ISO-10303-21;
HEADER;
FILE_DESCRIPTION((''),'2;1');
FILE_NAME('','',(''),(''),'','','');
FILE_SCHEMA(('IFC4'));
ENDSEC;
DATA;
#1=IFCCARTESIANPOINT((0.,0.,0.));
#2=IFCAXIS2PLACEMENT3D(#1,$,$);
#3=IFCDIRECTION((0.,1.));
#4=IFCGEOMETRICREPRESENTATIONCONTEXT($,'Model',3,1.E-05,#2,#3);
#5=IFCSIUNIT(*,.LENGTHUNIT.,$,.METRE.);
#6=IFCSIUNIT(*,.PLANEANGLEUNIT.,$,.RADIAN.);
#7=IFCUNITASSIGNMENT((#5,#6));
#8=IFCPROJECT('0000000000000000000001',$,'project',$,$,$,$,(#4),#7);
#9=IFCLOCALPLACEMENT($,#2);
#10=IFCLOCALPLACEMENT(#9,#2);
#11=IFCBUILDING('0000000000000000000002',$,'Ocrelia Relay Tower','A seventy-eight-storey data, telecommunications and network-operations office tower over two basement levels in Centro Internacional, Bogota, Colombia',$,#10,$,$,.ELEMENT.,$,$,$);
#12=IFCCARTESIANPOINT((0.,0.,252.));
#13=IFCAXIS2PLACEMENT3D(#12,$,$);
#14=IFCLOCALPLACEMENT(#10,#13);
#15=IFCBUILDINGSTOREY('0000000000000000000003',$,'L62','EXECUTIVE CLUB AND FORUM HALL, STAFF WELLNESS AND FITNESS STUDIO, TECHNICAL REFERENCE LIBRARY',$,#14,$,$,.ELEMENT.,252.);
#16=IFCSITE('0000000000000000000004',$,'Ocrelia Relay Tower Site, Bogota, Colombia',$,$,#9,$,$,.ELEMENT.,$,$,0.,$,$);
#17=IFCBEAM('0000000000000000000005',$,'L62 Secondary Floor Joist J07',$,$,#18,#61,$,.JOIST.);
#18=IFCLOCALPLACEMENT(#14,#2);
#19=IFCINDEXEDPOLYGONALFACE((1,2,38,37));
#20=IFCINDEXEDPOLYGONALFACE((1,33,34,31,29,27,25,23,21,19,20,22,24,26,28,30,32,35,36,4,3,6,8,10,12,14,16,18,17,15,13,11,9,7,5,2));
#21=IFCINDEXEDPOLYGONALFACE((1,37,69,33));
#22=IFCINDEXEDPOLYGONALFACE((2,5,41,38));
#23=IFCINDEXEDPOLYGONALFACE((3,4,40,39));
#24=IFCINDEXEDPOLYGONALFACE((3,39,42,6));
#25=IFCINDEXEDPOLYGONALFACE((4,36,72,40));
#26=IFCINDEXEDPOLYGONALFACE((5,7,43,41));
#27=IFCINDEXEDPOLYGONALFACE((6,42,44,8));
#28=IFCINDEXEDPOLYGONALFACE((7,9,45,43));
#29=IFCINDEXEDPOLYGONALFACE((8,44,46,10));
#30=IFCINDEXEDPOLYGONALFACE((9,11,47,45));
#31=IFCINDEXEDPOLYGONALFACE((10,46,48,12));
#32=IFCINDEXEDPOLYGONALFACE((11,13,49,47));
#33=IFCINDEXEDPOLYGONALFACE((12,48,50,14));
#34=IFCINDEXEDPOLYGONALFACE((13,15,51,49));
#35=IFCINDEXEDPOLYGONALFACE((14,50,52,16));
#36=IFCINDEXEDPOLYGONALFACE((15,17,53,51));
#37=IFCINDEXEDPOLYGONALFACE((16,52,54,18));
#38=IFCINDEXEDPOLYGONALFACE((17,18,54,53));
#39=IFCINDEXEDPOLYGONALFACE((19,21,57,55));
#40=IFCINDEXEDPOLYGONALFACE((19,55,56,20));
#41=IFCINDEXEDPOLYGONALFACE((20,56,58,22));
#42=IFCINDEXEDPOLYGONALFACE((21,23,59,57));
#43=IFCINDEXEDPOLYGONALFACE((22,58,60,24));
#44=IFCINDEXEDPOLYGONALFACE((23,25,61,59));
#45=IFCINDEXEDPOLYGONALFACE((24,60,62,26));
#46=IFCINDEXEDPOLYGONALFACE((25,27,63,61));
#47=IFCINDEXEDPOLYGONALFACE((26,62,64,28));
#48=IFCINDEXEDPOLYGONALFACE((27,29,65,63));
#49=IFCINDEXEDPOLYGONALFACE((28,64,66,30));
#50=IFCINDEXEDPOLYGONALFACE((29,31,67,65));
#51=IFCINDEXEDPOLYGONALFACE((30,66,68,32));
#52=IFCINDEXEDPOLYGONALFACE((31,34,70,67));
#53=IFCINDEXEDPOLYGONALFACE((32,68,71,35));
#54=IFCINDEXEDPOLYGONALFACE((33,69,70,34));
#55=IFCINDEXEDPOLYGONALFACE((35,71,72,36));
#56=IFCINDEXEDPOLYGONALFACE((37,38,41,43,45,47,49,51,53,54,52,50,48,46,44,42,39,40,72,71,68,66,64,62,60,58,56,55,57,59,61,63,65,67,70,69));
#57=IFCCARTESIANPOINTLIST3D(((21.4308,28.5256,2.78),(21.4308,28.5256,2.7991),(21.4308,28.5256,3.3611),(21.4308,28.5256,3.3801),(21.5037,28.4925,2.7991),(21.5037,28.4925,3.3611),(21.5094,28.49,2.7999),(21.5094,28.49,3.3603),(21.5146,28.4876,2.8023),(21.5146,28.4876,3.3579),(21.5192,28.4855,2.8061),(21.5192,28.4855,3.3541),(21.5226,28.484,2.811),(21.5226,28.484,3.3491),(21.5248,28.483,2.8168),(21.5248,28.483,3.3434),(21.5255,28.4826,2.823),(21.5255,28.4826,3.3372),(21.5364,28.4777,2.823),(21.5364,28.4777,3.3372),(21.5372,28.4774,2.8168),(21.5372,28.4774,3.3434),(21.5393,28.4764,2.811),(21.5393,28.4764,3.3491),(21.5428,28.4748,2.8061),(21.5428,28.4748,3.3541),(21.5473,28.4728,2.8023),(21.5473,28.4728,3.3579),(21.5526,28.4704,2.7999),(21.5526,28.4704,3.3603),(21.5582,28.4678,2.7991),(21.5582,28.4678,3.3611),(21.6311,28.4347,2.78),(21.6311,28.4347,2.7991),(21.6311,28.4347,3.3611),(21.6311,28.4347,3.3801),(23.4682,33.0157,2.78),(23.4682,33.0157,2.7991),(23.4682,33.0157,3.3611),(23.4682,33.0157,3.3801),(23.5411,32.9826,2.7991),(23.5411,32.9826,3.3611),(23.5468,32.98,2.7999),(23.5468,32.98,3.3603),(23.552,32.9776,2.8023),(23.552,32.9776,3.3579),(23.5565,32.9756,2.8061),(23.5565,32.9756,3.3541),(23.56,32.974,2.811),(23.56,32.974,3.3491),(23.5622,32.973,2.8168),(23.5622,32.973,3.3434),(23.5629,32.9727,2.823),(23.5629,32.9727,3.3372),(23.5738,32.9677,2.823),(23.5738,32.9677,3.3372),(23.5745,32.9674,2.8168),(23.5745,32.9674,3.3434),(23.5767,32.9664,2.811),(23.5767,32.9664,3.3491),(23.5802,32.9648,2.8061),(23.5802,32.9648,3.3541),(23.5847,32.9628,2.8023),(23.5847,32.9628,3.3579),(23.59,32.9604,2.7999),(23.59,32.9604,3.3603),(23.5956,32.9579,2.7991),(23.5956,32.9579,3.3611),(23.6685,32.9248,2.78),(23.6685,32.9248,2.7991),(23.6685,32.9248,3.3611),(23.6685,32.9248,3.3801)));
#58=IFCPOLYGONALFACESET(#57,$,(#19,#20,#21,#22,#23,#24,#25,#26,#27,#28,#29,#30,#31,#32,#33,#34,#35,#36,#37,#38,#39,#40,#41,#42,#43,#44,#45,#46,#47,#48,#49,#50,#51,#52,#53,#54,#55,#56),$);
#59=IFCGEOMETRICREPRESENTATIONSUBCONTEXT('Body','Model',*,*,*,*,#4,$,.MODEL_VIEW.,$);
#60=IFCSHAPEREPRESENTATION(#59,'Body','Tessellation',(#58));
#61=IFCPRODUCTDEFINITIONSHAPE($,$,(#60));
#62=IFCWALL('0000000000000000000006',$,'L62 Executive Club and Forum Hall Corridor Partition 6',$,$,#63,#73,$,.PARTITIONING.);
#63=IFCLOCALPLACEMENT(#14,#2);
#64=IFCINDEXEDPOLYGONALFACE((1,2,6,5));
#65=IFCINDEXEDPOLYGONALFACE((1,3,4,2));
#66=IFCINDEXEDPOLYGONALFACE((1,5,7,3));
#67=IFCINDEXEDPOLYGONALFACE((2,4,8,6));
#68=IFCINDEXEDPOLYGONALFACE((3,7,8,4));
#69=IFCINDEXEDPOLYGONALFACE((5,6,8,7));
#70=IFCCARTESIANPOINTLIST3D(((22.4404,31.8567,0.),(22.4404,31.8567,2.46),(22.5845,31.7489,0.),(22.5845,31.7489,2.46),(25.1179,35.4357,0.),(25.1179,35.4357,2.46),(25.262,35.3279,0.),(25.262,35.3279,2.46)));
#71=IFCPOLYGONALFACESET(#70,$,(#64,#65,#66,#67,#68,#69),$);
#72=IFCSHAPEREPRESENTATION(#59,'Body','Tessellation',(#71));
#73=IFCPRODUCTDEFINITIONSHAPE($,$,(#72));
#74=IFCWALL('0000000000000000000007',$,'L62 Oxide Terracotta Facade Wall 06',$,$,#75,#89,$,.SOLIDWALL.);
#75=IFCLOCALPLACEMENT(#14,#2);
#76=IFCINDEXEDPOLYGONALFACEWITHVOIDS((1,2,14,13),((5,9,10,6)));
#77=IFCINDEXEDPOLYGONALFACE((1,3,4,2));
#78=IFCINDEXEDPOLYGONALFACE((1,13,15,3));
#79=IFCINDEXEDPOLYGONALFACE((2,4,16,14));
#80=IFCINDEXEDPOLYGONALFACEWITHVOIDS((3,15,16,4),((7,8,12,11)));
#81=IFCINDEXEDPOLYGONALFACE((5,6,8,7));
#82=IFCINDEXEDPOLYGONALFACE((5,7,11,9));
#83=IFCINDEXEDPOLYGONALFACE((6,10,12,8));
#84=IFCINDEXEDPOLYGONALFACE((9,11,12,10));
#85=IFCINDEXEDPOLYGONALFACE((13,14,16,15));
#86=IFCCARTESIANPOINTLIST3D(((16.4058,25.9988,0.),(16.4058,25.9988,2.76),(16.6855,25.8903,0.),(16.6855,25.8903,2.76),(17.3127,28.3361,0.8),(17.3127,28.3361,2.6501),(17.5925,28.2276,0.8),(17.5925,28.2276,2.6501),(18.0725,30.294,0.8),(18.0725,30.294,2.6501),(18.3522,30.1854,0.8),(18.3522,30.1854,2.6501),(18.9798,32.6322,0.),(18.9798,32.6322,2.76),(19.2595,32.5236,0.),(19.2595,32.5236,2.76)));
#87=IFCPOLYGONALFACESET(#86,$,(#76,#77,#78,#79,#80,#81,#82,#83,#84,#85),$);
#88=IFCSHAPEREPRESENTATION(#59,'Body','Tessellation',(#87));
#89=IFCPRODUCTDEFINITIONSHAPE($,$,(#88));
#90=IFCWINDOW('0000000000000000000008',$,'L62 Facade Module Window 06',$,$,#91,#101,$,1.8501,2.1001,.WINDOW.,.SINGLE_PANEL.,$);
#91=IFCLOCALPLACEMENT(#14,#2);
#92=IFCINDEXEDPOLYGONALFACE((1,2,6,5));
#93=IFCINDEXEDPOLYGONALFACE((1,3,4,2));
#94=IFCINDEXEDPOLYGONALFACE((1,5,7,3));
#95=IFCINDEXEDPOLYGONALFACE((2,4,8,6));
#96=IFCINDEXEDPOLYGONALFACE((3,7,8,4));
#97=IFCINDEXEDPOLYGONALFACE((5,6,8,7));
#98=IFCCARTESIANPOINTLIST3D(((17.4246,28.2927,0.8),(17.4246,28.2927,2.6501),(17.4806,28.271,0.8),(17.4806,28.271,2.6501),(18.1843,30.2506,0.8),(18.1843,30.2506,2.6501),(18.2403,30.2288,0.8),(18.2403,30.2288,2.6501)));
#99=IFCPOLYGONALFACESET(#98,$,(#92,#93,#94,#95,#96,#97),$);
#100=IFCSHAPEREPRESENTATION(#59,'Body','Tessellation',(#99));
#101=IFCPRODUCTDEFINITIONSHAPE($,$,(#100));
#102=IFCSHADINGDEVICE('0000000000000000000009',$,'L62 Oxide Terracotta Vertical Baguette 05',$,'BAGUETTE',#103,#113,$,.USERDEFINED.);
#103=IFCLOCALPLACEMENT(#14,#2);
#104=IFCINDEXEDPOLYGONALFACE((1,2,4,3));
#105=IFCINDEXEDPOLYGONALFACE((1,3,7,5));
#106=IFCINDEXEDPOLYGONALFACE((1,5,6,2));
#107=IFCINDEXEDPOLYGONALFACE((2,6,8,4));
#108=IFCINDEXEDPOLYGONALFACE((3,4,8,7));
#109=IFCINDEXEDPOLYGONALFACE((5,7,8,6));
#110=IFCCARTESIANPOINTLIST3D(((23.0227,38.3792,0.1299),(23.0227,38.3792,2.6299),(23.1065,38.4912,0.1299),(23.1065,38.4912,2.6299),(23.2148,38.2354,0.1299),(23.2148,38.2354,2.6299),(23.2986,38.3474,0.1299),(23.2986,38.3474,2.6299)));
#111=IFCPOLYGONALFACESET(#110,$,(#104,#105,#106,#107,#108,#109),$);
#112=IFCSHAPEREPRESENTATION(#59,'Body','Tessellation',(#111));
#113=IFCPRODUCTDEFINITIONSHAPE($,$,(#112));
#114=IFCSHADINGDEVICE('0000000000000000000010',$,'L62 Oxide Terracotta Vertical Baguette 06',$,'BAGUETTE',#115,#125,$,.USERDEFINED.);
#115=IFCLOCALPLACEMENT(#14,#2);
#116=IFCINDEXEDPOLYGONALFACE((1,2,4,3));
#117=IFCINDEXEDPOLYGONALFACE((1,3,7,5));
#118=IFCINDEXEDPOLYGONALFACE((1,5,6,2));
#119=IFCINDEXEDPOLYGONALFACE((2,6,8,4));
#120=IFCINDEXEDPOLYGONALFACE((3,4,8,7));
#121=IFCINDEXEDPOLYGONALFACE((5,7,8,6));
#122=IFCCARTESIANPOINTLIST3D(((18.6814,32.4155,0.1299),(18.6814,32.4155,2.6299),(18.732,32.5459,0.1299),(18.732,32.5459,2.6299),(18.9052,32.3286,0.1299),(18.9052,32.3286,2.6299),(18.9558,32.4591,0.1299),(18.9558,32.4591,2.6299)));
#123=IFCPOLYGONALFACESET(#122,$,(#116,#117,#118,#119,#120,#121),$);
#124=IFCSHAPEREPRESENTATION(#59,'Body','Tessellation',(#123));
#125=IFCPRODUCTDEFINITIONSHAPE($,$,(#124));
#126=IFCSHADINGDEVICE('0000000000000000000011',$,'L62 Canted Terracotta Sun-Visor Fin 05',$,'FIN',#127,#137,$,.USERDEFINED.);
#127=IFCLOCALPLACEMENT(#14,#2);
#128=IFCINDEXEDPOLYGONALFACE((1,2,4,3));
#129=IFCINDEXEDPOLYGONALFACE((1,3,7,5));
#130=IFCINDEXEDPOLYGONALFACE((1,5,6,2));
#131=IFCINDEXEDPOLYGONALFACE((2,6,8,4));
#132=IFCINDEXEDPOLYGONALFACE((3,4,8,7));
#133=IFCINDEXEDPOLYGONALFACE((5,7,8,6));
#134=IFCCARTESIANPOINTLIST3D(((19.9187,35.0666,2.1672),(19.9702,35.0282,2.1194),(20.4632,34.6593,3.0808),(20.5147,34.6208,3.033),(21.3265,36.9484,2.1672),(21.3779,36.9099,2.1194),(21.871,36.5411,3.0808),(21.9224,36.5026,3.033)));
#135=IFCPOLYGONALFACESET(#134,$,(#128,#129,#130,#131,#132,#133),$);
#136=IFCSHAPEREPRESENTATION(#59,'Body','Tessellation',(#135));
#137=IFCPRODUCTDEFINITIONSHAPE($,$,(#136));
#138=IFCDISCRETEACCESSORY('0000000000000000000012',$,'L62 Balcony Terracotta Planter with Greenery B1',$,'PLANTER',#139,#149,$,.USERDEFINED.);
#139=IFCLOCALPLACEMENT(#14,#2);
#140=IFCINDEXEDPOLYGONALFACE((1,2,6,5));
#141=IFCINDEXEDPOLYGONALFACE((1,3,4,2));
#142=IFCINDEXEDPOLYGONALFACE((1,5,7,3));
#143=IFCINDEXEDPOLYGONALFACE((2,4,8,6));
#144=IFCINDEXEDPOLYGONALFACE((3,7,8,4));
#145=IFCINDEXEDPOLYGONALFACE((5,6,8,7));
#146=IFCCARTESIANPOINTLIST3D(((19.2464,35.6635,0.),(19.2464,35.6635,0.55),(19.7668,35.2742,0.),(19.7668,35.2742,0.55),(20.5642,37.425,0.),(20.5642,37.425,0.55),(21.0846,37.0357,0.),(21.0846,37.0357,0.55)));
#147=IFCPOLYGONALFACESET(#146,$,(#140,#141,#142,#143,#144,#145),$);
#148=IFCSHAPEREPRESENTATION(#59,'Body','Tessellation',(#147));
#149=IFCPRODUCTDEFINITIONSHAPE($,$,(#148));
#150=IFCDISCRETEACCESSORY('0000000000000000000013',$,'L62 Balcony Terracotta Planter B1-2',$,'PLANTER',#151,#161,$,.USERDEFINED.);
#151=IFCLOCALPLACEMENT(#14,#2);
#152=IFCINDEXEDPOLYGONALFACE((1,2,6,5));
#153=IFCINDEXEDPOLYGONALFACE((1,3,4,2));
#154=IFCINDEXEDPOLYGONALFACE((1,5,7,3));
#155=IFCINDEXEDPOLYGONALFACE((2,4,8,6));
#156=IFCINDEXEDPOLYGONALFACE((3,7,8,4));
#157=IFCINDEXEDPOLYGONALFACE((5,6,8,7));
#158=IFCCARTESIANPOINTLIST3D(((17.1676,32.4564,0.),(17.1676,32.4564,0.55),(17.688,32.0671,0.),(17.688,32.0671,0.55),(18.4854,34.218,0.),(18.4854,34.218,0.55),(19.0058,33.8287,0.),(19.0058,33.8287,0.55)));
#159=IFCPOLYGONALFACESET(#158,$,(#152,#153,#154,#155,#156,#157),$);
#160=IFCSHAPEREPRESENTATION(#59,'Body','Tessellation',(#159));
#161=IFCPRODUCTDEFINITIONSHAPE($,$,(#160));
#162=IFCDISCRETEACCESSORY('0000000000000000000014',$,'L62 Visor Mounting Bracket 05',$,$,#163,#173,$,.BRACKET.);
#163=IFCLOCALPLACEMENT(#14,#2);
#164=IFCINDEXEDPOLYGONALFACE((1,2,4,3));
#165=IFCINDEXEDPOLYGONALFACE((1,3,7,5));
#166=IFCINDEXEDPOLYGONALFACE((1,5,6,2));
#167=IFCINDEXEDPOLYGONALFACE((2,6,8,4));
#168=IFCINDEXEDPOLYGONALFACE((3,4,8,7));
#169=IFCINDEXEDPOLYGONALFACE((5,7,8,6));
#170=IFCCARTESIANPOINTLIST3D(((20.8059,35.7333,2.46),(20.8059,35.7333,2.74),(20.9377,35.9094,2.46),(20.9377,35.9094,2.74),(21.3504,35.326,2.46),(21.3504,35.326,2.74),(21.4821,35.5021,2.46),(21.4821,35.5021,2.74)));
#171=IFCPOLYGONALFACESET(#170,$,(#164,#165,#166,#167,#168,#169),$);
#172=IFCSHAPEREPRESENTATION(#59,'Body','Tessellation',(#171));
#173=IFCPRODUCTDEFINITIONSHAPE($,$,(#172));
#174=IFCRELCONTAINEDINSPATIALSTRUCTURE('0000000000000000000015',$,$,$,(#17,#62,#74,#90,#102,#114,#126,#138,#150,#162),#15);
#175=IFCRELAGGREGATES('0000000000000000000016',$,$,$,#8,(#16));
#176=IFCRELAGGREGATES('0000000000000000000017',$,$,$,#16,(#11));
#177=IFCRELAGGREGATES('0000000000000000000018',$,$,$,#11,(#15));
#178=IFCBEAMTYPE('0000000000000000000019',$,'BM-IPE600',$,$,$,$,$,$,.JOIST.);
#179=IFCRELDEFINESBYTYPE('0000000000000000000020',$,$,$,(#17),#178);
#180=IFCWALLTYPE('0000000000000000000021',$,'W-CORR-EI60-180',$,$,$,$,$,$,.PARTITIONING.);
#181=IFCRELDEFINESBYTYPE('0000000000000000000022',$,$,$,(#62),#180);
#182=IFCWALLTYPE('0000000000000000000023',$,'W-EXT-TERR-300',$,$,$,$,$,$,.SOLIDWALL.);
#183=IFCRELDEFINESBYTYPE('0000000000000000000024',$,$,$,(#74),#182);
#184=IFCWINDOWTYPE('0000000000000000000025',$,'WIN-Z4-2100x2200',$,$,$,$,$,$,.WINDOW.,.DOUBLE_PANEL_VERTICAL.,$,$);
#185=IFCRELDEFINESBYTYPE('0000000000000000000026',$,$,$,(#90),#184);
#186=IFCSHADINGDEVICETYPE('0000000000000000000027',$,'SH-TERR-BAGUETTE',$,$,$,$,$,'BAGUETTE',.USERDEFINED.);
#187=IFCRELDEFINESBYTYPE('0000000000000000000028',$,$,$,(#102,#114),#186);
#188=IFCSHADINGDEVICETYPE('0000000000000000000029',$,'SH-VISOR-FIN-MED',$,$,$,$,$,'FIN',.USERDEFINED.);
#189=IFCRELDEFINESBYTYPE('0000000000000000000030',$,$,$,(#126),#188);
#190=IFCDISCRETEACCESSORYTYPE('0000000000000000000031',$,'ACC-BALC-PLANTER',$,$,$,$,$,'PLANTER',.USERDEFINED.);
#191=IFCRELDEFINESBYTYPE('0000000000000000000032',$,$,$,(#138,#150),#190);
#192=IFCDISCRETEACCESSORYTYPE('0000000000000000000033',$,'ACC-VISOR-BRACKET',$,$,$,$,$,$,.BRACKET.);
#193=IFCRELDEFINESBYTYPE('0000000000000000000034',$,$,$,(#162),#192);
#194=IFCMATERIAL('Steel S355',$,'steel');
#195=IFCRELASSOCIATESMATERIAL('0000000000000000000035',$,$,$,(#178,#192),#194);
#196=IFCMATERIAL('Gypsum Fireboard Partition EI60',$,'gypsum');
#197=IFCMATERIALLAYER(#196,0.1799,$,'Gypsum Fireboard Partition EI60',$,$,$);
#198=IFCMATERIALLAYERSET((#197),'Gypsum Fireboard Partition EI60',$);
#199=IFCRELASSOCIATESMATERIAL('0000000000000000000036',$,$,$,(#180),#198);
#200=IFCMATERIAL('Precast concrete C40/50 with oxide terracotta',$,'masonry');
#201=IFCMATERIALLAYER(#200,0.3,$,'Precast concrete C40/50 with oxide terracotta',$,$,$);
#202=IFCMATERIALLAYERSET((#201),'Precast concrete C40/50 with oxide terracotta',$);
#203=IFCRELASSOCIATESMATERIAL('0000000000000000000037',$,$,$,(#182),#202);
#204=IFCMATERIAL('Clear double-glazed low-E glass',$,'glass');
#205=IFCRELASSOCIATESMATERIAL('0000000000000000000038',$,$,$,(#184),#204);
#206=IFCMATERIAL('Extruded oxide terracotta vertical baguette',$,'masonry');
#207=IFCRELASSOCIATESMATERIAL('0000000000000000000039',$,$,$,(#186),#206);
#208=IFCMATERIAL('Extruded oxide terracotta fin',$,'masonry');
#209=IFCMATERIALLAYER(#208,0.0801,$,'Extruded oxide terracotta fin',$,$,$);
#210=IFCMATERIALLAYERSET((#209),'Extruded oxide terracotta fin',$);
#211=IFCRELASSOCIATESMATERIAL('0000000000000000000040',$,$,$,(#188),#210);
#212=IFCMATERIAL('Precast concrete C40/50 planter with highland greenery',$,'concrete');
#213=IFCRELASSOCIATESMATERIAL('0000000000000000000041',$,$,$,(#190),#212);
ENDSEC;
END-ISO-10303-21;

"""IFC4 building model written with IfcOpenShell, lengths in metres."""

from ifc_helpers import new_model, si_unit, direction, frame, frame_2d, origin, origin_2d, place, context, subcontext, project, spatial, rectangle, i_section, extrude, material, layer, layer_set, material_profile, profile_set, type_object, element, fill, save


model = new_model("IFC4")

# Units and contexts
model_context = context("Model", 3, precision=1e-05, world=origin(), true_north=direction((0.0, 1.0)))
body_context = subcontext(model_context, "Body", "Model", "MODEL_VIEW")
ifc_project = project(units=[si_unit("LENGTHUNIT", "METRE"), si_unit("PLANEANGLEUNIT", "RADIAN")], contexts=[model_context])

# Site, building, storey
site_placement = place(None, origin())
site = spatial("IfcSite", under=ifc_project, at=site_placement, Name="Ocrelia Relay Tower Site, Bogota, Colombia", CompositionType="ELEMENT", RefElevation=0.0)
building_placement = place(site_placement, origin())
building = spatial("IfcBuilding", under=site, at=building_placement, Name="Ocrelia Relay Tower", Description="A seventy-eight-storey data, telecommunications and network-operations office tower over two basement levels in Centro Internacional, Bogota, Colombia", CompositionType="ELEMENT")
storey_placement = place(building_placement, frame((0.0, 0.0, 252.0)))
storey = spatial("IfcBuildingStorey", under=building, at=storey_placement, Name="L62", Description="EXECUTIVE CLUB AND FORUM HALL, STAFF WELLNESS AND FITNESS STUDIO, TECHNICAL REFERENCE LIBRARY", CompositionType="ELEMENT", Elevation=252.0)

# Beam
ifc_material_1 = material(Name="Steel S355", Category="steel")
ifc_material_profile_1 = material_profile(ifc_material_1, i_section(OverallWidth=0.22, OverallDepth=0.6001, WebThickness=0.012, FlangeThickness=0.019, FilletRadius=0.0239, at=origin_2d()), Name="IPE 600")
ifc_profile_set_1 = profile_set([ifc_material_profile_1], Name="Steel S355")
beam_type_1 = type_object("IfcBeamType", Name="BM-IPE600", PredefinedType="JOIST", material=ifc_profile_set_1)
beam_1_placement = place(storey_placement, frame((23.5684, 32.9702, 3.0801), z_axis=(-0.413206, -0.910638, 0.0), x_axis=(0.910638, -0.413206, 0.0)))
element("IfcBeam", 1, at=beam_1_placement, inside=storey, type_object=beam_type_1, Name="L62 Secondary Floor Joist J07", PredefinedType="JOIST", context=body_context, shape_type="SweptSolid", body=[
    extrude(i_section(OverallWidth=0.22, OverallDepth=0.6001, WebThickness=0.012, FlangeThickness=0.019, FilletRadius=0.0239, at=origin_2d()), origin(), (0.0, 0.0, 1.0), 4.9307),
])

# Wall
ifc_material_2 = material(Name="Gypsum Fireboard Partition EI60", Category="gypsum")
ifc_layer_1 = layer(ifc_material_2, 0.1799, Name="Gypsum Fireboard Partition EI60")
ifc_layer_set_1 = layer_set([ifc_layer_1], Name="Gypsum Fireboard Partition EI60")
wall_type_1 = type_object("IfcWallType", Name="W-CORR-EI60-180", PredefinedType="PARTITIONING", material=ifc_layer_set_1)
wall_1_placement = place(storey_placement, frame((25.1899, 35.3818, 0.0), z_axis=(0.0, 0.0, 1.0), x_axis=(-0.599021, -0.800733, 0.0)))
element("IfcWall", 2, at=wall_1_placement, inside=storey, type_object=wall_type_1, Name="L62 Executive Club and Forum Hall Corridor Partition 6", PredefinedType="PARTITIONING", context=body_context, shape_type="SweptSolid", body=[
    extrude(rectangle(XDim=4.4697, YDim=0.1799, at=frame_2d((2.2349, 0.0))), origin(), (0.0, 0.0, 1.0), 2.46),
])

# Shared definitions
ifc_material_3 = material(Name="Precast concrete C40/50 with oxide terracotta", Category="masonry")
ifc_layer_2 = layer(ifc_material_3, 0.3, Name="Precast concrete C40/50 with oxide terracotta")
ifc_layer_set_2 = layer_set([ifc_layer_2], Name="Precast concrete C40/50 with oxide terracotta")
wall_type_2 = type_object("IfcWallType", Name="W-EXT-TERR-300", PredefinedType="SOLIDWALL", material=ifc_layer_set_2)

# Wall, opening, window
wall_2_placement = place(storey_placement, frame((19.1196, 32.5779, 0.0), z_axis=(0.0, 0.0, 1.0), x_axis=(-0.361757, -0.932272, 0.0)))
wall_2 = element("IfcWall", 3, at=wall_2_placement, inside=storey, type_object=wall_type_2, Name="L62 Oxide Terracotta Facade Wall 06", PredefinedType="SOLIDWALL", context=body_context, shape_type="SweptSolid", body=[
    extrude(rectangle(XDim=7.1152, YDim=0.3, at=frame_2d((3.5576, 0.0))), origin(), (0.0, 0.0, 1.0), 2.76),
])
opening_1_placement = place(wall_2_placement, frame((2.5081, 0.0, 0.8)))
opening_1 = element("IfcOpeningElement", 4, at=opening_1_placement, cuts=wall_2, PredefinedType="OPENING", context=body_context, shape_type="SweptSolid", body=[
    extrude(rectangle(XDim=2.1001, YDim=1.8501, at=frame_2d((1.05, 0.925))), frame((0.0, 0.1602, 0.0), z_axis=(0.0, -1.0, 0.0), x_axis=(1.0, 0.0, 0.0)), (0.0, 0.0, 1.0), 0.3201),
])
ifc_material_4 = material(Name="Clear double-glazed low-E glass", Category="glass")
window_type = type_object("IfcWindowType", Name="WIN-Z4-2100x2200", PartitioningType="DOUBLE_PANEL_VERTICAL", PredefinedType="WINDOW", material=ifc_material_4)
window_placement = place(opening_1_placement, origin())
window = element("IfcWindow", 5, at=window_placement, inside=storey, type_object=window_type, Name="L62 Facade Module Window 06", OverallHeight=1.8501, OverallWidth=2.1001, PartitioningType="SINGLE_PANEL", PredefinedType="WINDOW", context=body_context, shape_type="SweptSolid", body=[
    extrude(rectangle(XDim=2.1001, YDim=1.8501, at=frame_2d((1.05, 0.925))), frame((0.0, 0.03, 0.0), z_axis=(0.0, -1.0, 0.0), x_axis=(1.0, 0.0, 0.0)), (0.0, 0.0, 1.0), 0.0601),
])
fill(opening_1, window)

# Shading devices
ifc_material_5 = material(Name="Extruded oxide terracotta vertical baguette", Category="masonry")
shading_device_type_1 = type_object("IfcShadingDeviceType", Name="SH-TERR-BAGUETTE", ElementType="BAGUETTE", PredefinedType="USERDEFINED", material=ifc_material_5)
for number, where, z_axis, x_axis, name in (
    (6, (23.1606, 38.3633, 0.1299), (0.0, 0.0, 1.0), (-0.599023, -0.800732, 0.0), "L62 Oxide Terracotta Vertical Baguette 05"),
    (7, (18.8186, 32.4373, 0.1299), (0.0, 0.0, 1.0), (-0.361773, -0.932266, 0.0), "L62 Oxide Terracotta Vertical Baguette 06"),
):
    element("IfcShadingDevice", number, at=place(storey_placement, frame(where, z_axis=z_axis, x_axis=x_axis)), inside=storey, type_object=shading_device_type_1, Name=name, ObjectType="BAGUETTE", PredefinedType="USERDEFINED", context=body_context, shape_type="SweptSolid", body=[
        extrude(rectangle(XDim=0.1399, YDim=0.24, at=origin_2d()), origin(), (0.0, 0.0, 1.0), 2.5),
    ])
ifc_material_6 = material(Name="Extruded oxide terracotta fin", Category="masonry")
ifc_layer_3 = layer(ifc_material_6, 0.0801, Name="Extruded oxide terracotta fin")
ifc_layer_set_3 = layer_set([ifc_layer_3], Name="Extruded oxide terracotta fin")
shading_device_type_2 = type_object("IfcShadingDeviceType", Name="SH-VISOR-FIN-MED", ElementType="FIN", PredefinedType="USERDEFINED", material=ifc_layer_set_3)
shading_device_placement = place(storey_placement, frame((20.9463, 35.7654, 2.5762), z_axis=(-0.642341, 0.480532, 0.597065), x_axis=(-0.599023, -0.800732, 0.0)))
element("IfcShadingDevice", 8, at=shading_device_placement, inside=storey, type_object=shading_device_type_2, Name="L62 Canted Terracotta Sun-Visor Fin 05", ObjectType="FIN", PredefinedType="USERDEFINED", context=body_context, shape_type="SweptSolid", body=[
    extrude(rectangle(XDim=2.3501, YDim=1.1389, at=origin_2d()), origin(), (0.0, 0.0, 1.0), 0.0801),
])

# Discrete accessories
ifc_material_7 = material(Name="Precast concrete C40/50 planter with highland greenery", Category="concrete")
discrete_accessory_type_1 = type_object("IfcDiscreteAccessoryType", Name="ACC-BALC-PLANTER", ElementType="PLANTER", PredefinedType="USERDEFINED", material=ifc_material_7)
for number, where, z_axis, x_axis, name in (
    (9, (20.1655, 36.3496, 0.0), (0.0, 0.0, 1.0), (0.599023, 0.800732, 0.0), "L62 Balcony Terracotta Planter with Greenery B1"),
    (10, (18.0867, 33.1426, 0.0), (0.0, 0.0, 1.0), (0.599023, 0.800732, 0.0), "L62 Balcony Terracotta Planter B1-2"),
):
    element("IfcDiscreteAccessory", number, at=place(storey_placement, frame(where, z_axis=z_axis, x_axis=x_axis)), inside=storey, type_object=discrete_accessory_type_1, Name=name, ObjectType="PLANTER", PredefinedType="USERDEFINED", context=body_context, shape_type="SweptSolid", body=[
        extrude(rectangle(XDim=2.2, YDim=0.6499, at=origin_2d()), origin(), (0.0, 0.0, 1.0), 0.55),
    ])
discrete_accessory_type_2 = type_object("IfcDiscreteAccessoryType", Name="ACC-VISOR-BRACKET", PredefinedType="BRACKET", material=ifc_material_1)
discrete_accessory_placement = place(storey_placement, frame((21.144, 35.6177, 2.46), z_axis=(0.0, 0.0, 1.0), x_axis=(-0.599023, -0.800732, 0.0)))
element("IfcDiscreteAccessory", 11, at=discrete_accessory_placement, inside=storey, type_object=discrete_accessory_type_2, Name="L62 Visor Mounting Bracket 05", PredefinedType="BRACKET", context=body_context, shape_type="SweptSolid", body=[
    extrude(rectangle(XDim=0.22, YDim=0.6799, at=origin_2d()), origin(), (0.0, 0.0, 1.0), 0.28),
])

save(model, "model.ifc")
